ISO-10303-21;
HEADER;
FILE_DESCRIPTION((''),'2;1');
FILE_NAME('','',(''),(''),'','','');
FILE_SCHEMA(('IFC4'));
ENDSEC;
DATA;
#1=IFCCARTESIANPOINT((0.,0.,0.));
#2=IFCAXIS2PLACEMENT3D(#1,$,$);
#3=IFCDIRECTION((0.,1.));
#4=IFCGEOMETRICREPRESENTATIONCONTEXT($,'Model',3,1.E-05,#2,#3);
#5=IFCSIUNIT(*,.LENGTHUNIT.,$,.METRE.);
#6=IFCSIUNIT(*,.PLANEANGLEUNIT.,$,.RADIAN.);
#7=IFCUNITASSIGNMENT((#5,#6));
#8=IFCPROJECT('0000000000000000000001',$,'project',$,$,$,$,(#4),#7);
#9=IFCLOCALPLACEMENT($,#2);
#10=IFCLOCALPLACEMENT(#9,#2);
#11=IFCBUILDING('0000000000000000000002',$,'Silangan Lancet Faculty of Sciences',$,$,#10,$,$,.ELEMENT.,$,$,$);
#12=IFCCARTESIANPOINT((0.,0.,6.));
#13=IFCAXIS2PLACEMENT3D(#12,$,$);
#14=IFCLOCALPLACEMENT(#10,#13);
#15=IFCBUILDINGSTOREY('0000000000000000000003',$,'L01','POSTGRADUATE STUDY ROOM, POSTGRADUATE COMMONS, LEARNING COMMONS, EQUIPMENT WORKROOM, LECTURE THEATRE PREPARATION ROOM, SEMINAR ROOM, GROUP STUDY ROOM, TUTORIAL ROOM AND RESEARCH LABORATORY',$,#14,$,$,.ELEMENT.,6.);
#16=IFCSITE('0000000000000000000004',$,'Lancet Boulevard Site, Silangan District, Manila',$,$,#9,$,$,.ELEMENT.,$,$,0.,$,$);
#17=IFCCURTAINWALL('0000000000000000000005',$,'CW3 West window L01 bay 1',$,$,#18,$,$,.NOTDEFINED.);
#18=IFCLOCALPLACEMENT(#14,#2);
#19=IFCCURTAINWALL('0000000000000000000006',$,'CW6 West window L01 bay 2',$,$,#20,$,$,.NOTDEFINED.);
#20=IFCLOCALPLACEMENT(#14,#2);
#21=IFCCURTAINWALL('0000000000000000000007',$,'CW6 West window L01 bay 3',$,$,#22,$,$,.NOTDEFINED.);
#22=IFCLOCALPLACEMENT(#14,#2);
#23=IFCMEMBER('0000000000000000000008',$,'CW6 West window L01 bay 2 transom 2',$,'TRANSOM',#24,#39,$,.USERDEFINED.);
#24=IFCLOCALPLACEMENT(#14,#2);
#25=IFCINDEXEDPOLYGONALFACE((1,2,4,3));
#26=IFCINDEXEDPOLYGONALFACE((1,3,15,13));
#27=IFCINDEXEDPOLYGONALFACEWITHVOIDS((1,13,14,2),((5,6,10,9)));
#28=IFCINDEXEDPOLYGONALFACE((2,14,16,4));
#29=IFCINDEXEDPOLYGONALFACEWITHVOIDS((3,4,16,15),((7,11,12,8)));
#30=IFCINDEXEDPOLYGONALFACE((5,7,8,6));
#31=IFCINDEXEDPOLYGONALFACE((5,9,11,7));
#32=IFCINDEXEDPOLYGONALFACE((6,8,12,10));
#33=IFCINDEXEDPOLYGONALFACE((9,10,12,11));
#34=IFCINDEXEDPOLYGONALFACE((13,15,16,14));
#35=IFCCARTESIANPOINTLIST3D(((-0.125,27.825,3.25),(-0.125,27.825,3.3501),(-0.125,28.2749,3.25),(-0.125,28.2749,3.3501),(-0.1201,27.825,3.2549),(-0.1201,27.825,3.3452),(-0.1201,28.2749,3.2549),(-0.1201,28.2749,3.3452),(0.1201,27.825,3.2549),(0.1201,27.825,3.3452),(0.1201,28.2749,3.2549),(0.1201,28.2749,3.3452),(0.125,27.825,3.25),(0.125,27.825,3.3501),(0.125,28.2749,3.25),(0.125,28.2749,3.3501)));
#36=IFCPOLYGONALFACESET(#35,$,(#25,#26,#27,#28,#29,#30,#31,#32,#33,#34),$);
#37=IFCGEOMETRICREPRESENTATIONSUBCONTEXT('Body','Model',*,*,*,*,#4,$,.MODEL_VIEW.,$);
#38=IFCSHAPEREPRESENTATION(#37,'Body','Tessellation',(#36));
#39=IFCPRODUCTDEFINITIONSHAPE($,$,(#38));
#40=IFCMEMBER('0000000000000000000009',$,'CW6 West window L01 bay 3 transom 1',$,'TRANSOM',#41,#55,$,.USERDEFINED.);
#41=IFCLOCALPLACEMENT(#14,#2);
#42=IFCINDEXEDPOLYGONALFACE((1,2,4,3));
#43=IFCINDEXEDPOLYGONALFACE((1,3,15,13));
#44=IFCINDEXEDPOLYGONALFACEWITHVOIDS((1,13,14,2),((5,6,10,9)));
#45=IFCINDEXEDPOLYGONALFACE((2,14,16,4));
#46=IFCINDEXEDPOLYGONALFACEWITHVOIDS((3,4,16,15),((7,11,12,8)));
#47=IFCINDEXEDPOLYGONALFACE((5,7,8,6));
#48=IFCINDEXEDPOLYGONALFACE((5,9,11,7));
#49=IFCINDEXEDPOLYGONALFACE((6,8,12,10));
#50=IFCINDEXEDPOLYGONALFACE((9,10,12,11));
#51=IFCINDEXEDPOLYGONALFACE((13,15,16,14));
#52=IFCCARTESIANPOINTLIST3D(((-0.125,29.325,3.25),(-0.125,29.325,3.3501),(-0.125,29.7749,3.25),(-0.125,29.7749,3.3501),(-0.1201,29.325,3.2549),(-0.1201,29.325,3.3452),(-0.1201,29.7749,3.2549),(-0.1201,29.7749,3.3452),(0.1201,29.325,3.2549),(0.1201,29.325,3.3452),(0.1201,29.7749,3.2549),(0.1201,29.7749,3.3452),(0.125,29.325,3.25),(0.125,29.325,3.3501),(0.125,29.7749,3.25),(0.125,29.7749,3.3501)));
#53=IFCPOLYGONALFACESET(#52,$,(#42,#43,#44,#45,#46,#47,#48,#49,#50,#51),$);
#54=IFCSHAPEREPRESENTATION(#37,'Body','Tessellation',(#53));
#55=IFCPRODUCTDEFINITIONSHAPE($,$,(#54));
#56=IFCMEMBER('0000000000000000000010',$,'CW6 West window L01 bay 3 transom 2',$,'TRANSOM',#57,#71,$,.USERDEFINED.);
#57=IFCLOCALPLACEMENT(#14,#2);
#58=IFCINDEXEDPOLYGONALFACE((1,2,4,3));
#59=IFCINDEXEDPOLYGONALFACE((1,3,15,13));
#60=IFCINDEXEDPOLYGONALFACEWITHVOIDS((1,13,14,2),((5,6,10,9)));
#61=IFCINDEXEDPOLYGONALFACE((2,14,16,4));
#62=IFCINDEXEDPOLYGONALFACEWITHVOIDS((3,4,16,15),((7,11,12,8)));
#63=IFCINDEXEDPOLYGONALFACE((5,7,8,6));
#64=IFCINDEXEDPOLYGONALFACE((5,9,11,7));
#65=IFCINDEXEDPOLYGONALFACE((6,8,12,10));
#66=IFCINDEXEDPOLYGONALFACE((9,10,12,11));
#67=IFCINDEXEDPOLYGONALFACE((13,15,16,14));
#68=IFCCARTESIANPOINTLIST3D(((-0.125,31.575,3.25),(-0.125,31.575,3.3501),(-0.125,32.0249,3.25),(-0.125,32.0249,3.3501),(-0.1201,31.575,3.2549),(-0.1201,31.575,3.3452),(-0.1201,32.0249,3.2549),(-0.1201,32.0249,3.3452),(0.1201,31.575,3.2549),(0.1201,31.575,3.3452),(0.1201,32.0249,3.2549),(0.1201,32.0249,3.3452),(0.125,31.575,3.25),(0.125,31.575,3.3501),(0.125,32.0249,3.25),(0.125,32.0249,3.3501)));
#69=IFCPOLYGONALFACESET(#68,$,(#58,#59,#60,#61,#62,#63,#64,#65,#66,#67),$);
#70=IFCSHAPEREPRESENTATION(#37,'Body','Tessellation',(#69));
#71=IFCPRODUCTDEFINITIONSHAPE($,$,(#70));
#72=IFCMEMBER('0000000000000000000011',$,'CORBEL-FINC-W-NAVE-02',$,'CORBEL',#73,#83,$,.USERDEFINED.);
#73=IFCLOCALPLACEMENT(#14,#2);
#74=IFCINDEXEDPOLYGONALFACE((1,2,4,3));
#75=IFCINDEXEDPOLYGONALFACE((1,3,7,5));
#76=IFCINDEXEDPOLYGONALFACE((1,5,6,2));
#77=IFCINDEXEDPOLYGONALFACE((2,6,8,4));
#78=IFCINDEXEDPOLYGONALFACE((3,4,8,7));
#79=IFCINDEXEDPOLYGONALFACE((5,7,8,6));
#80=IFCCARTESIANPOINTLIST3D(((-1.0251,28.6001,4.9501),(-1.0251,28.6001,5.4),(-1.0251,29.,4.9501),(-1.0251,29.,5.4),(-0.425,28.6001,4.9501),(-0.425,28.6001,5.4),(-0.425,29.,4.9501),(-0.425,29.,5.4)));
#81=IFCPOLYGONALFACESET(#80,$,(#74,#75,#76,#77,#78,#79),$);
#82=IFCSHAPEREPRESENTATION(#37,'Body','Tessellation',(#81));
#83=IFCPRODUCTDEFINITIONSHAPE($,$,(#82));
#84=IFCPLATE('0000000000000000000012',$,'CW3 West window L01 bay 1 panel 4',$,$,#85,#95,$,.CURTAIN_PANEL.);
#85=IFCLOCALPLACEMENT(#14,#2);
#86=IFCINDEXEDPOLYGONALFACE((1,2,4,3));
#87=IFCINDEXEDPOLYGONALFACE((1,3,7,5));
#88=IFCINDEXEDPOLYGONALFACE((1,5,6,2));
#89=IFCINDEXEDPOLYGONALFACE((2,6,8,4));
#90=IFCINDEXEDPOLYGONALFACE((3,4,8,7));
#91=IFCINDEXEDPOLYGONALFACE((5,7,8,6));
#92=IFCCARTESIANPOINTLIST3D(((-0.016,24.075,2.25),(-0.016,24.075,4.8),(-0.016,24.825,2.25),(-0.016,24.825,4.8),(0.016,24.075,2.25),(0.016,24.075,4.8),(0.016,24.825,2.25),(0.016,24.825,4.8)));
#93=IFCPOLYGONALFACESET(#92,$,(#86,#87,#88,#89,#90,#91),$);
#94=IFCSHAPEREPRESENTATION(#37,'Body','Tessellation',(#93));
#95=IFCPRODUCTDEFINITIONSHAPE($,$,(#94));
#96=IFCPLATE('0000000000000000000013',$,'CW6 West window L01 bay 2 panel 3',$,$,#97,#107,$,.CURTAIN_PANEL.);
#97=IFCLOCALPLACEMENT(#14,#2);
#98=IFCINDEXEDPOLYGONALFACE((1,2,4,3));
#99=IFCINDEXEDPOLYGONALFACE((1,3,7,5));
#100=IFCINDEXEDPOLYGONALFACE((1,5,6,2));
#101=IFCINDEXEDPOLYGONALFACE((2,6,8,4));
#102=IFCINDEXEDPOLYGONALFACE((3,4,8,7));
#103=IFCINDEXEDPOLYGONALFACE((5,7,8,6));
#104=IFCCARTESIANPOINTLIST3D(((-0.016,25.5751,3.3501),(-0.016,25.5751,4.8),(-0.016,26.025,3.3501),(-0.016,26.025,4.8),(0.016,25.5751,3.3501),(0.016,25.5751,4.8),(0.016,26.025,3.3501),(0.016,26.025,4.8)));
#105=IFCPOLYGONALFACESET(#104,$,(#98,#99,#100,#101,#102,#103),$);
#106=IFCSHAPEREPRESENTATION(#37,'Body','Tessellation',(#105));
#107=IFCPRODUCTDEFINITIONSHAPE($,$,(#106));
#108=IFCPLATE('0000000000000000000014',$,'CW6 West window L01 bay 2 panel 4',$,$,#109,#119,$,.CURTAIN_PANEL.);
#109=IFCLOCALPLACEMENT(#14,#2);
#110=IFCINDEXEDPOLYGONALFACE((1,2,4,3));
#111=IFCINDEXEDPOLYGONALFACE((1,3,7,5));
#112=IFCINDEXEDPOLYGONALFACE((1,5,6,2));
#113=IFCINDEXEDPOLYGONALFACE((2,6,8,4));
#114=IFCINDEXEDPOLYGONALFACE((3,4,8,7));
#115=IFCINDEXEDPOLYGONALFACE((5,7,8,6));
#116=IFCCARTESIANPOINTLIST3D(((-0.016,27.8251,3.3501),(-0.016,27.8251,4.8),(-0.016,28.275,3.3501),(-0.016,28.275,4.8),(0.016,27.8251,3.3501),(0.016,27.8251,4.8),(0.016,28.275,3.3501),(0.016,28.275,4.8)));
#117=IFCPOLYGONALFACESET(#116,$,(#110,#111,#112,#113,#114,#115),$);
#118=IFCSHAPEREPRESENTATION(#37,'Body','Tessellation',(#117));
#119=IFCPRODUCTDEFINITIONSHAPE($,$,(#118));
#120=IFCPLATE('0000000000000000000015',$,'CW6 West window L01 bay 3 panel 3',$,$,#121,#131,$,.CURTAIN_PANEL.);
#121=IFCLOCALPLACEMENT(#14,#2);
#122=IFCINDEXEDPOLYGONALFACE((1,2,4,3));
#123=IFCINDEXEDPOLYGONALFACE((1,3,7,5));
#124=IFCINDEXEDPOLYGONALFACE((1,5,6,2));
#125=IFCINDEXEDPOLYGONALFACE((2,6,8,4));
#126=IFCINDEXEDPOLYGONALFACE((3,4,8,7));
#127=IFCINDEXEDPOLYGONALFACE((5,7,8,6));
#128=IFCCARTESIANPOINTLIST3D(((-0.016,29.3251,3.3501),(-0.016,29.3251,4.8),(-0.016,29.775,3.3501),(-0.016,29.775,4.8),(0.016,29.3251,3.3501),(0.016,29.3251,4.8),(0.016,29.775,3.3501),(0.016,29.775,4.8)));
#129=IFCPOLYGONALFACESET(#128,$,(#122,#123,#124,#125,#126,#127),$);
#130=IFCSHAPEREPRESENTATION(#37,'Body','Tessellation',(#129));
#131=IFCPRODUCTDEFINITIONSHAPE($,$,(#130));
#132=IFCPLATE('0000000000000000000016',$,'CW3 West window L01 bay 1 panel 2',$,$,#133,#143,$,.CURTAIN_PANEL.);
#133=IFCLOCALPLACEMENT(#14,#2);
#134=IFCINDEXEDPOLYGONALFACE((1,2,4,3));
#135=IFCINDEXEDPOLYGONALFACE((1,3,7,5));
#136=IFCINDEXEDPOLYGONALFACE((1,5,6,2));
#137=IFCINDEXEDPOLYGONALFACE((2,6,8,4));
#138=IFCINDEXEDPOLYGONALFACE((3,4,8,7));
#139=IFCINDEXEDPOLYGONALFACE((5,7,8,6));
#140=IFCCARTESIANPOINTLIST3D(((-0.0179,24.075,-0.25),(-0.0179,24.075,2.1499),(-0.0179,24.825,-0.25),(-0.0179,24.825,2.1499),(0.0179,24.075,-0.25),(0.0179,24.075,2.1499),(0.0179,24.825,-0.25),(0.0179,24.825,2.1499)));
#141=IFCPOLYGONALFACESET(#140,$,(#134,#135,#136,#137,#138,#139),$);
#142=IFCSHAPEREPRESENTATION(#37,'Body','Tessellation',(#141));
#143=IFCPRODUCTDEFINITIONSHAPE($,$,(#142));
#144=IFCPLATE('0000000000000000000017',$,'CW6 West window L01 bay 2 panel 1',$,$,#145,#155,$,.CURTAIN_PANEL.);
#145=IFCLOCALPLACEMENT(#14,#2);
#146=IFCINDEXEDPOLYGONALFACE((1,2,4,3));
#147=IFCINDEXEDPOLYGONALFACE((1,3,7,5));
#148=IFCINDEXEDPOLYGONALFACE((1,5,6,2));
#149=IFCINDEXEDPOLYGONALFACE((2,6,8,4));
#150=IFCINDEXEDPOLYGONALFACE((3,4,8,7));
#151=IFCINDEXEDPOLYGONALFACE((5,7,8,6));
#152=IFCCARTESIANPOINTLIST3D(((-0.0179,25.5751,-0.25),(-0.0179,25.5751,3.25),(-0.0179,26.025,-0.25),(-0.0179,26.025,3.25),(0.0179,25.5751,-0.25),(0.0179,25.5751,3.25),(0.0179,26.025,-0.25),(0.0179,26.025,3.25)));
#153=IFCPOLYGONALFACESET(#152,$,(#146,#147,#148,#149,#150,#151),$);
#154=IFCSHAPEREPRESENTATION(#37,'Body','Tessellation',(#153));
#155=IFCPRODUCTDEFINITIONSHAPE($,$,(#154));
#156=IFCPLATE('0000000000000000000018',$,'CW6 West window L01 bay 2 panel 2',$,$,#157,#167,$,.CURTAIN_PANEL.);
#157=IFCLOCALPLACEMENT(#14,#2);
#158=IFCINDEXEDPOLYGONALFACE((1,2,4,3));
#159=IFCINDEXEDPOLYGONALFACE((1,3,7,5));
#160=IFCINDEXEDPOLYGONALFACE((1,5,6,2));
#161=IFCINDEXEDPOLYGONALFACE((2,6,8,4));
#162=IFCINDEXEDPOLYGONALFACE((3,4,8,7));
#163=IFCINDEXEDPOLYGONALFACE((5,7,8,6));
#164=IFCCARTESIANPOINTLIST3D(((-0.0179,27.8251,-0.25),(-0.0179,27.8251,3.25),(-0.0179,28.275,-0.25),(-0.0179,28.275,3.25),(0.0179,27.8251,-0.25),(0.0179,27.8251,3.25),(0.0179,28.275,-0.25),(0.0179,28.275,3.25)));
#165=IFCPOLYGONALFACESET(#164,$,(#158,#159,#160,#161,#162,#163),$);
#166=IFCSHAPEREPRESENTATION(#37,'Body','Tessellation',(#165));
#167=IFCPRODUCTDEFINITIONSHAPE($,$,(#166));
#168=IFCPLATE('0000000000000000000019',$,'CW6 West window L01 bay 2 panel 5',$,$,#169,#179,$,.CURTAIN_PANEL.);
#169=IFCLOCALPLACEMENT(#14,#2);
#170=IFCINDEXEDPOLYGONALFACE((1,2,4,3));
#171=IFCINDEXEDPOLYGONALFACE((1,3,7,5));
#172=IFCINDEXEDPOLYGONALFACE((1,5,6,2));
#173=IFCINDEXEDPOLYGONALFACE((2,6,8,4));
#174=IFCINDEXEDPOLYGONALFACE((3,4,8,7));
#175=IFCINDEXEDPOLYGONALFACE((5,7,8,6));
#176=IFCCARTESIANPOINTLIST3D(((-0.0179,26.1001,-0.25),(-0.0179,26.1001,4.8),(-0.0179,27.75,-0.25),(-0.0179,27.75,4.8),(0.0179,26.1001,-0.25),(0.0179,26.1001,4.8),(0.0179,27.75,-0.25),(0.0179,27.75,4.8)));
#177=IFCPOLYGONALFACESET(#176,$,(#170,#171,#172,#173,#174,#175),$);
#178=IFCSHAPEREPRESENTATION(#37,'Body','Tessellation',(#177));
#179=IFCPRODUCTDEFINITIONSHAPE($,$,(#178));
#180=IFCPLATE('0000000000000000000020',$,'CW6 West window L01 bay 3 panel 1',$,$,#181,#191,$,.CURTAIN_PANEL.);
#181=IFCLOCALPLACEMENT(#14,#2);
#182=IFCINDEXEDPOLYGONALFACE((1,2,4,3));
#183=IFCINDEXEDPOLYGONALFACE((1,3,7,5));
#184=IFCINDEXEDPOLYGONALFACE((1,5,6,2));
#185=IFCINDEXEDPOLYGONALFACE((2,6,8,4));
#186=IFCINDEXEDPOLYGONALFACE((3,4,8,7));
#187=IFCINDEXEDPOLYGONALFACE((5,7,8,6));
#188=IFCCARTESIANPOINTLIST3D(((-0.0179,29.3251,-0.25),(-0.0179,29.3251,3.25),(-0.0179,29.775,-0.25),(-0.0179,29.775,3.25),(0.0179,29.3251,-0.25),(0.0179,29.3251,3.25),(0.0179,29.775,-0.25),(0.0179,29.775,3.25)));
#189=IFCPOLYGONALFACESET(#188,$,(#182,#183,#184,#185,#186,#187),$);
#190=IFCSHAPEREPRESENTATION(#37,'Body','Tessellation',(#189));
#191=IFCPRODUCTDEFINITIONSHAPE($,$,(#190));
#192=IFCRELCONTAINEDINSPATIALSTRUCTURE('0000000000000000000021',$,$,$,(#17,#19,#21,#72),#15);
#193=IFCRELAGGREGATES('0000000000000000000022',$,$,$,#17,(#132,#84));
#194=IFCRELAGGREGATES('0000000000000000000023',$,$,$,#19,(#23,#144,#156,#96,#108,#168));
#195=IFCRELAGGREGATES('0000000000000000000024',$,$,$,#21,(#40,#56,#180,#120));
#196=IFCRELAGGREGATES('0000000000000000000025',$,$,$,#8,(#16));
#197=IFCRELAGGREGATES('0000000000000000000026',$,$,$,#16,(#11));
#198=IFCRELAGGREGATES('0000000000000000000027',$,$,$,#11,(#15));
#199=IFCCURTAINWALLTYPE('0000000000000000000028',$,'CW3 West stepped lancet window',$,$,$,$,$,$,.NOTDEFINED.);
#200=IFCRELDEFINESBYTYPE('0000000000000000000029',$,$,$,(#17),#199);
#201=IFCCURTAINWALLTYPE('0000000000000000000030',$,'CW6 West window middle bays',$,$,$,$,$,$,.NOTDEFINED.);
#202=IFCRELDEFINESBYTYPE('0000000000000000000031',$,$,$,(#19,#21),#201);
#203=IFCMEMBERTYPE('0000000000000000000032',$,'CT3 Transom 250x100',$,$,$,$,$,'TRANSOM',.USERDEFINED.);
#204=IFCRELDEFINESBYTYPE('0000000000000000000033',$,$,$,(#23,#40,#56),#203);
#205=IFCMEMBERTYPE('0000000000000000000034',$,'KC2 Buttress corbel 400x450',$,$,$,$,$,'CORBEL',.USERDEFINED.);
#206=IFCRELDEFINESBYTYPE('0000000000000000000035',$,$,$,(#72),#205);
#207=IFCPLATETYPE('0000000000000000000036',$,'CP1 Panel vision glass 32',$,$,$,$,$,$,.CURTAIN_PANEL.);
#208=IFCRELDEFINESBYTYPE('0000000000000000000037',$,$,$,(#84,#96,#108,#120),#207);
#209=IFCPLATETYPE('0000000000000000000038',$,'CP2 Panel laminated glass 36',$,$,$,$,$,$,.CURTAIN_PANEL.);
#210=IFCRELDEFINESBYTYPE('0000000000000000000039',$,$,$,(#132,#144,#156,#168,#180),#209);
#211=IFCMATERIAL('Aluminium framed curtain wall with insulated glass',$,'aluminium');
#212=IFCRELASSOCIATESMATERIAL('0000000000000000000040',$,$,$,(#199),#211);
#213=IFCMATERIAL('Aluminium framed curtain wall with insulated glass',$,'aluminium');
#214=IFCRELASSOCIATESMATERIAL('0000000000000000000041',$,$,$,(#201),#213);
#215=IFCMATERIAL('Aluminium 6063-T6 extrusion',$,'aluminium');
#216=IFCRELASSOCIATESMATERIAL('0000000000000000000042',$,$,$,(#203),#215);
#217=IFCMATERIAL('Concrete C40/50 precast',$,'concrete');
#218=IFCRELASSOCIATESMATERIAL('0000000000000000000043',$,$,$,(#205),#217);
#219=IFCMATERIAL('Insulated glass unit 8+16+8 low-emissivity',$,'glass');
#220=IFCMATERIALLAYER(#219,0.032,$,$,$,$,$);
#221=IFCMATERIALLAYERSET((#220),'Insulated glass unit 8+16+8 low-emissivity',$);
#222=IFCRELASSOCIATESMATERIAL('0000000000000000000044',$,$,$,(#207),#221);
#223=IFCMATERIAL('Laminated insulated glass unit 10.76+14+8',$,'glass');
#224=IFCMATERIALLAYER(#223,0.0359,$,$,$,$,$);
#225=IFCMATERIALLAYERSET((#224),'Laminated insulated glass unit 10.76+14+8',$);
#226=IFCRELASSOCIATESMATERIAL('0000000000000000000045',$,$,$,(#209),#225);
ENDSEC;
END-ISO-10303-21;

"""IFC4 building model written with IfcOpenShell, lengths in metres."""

from ifc_helpers import new_model, si_unit, direction, frame, origin, origin_2d, place, context, subcontext, project, spatial, rectangle, hollow_rectangle, extrude, material, layer, layer_set, material_profile, profile_set, type_object, element, aggregate, save


model = new_model("IFC4")

# Units and contexts
model_context = context("Model", 3, precision=1e-05, world=origin(), true_north=direction((0.0, 1.0)))
body_context = subcontext(model_context, "Body", "Model", "MODEL_VIEW")
ifc_project = project(units=[si_unit("LENGTHUNIT", "METRE"), si_unit("PLANEANGLEUNIT", "RADIAN")], contexts=[model_context])

# Site, building, storey
site_placement = place(None, origin())
site = spatial("IfcSite", under=ifc_project, at=site_placement, Name="Lancet Boulevard Site, Silangan District, Manila", CompositionType="ELEMENT", RefElevation=0.0)
building_placement = place(site_placement, origin())
building = spatial("IfcBuilding", under=site, at=building_placement, Name="Silangan Lancet Faculty of Sciences", CompositionType="ELEMENT")
storey_placement = place(building_placement, frame((0.0, 0.0, 6.0)))
storey = spatial("IfcBuildingStorey", under=building, at=storey_placement, Name="L01", Description="POSTGRADUATE STUDY ROOM, POSTGRADUATE COMMONS, LEARNING COMMONS, EQUIPMENT WORKROOM, LECTURE THEATRE PREPARATION ROOM, SEMINAR ROOM, GROUP STUDY ROOM, TUTORIAL ROOM AND RESEARCH LABORATORY", CompositionType="ELEMENT", Elevation=6.0)

# Curtain wall
ifc_material_1 = material(Name="Aluminium framed curtain wall with insulated glass", Category="aluminium")
curtain_wall_type_1 = type_object("IfcCurtainWallType", Name="CW3 West stepped lancet window", PredefinedType="NOTDEFINED", material=ifc_material_1)
curtain_wall_1_placement = place(storey_placement, origin())
curtain_wall_1 = element("IfcCurtainWall", 1, at=curtain_wall_1_placement, inside=storey, type_object=curtain_wall_type_1, Name="CW3 West window L01 bay 1", PredefinedType="NOTDEFINED")

# Curtain walls
ifc_material_2 = material(Name="Aluminium framed curtain wall with insulated glass", Category="aluminium")
curtain_wall_type_2 = type_object("IfcCurtainWallType", Name="CW6 West window middle bays", PredefinedType="NOTDEFINED", material=ifc_material_2)
curtain_wall_2_placement = place(storey_placement, origin())
curtain_wall_2 = element("IfcCurtainWall", 2, at=curtain_wall_2_placement, inside=storey, type_object=curtain_wall_type_2, Name="CW6 West window L01 bay 2", PredefinedType="NOTDEFINED")
curtain_wall_3_placement = place(storey_placement, origin())
curtain_wall_3 = element("IfcCurtainWall", 3, at=curtain_wall_3_placement, inside=storey, type_object=curtain_wall_type_2, Name="CW6 West window L01 bay 3", PredefinedType="NOTDEFINED")

# Members
ifc_material_3 = material(Name="Aluminium 6063-T6 extrusion", Category="aluminium")
ifc_material_profile_1 = material_profile(ifc_material_3, hollow_rectangle(XDim=0.25, YDim=0.1001, WallThickness=0.0049, at=origin_2d()), Name="AL BOX 250x100x5")
ifc_profile_set_1 = profile_set([ifc_material_profile_1], Name="Aluminium 6063-T6 extrusion")
member_type_1 = type_object("IfcMemberType", Name="CT3 Transom 250x100", ElementType="TRANSOM", PredefinedType="USERDEFINED", material=ifc_profile_set_1)
member_1_placement = place(storey_placement, frame((0.0, 27.825, 3.3), z_axis=(0.0, 1.0, 0.0), x_axis=(-1.0, 0.0, 0.0)))
member_1 = element("IfcMember", 4, at=member_1_placement, type_object=member_type_1, Name="CW6 West window L01 bay 2 transom 2", ObjectType="TRANSOM", PredefinedType="USERDEFINED", context=body_context, shape_type="SweptSolid", body=[
    extrude(hollow_rectangle(XDim=0.25, YDim=0.1001, WallThickness=0.0049, at=origin_2d()), origin(), (0.0, 0.0, 1.0), 0.45),
])
member_2_placement = place(storey_placement, frame((0.0, 29.325, 3.3), z_axis=(0.0, 1.0, 0.0), x_axis=(-1.0, 0.0, 0.0)))
member_2 = element("IfcMember", 5, at=member_2_placement, type_object=member_type_1, Name="CW6 West window L01 bay 3 transom 1", ObjectType="TRANSOM", PredefinedType="USERDEFINED", context=body_context, shape_type="SweptSolid", body=[
    extrude(hollow_rectangle(XDim=0.25, YDim=0.1001, WallThickness=0.0049, at=origin_2d()), origin(), (0.0, 0.0, 1.0), 0.45),
])
member_3_placement = place(storey_placement, frame((0.0, 31.575, 3.3), z_axis=(0.0, 1.0, 0.0), x_axis=(-1.0, 0.0, 0.0)))
member_3 = element("IfcMember", 6, at=member_3_placement, type_object=member_type_1, Name="CW6 West window L01 bay 3 transom 2", ObjectType="TRANSOM", PredefinedType="USERDEFINED", context=body_context, shape_type="SweptSolid", body=[
    extrude(hollow_rectangle(XDim=0.25, YDim=0.1001, WallThickness=0.0049, at=origin_2d()), origin(), (0.0, 0.0, 1.0), 0.45),
])
ifc_material_4 = material(Name="Concrete C40/50 precast", Category="concrete")
ifc_material_profile_2 = material_profile(ifc_material_4, rectangle(XDim=0.3999, YDim=0.45, at=origin_2d()), Name="RC 400x450")
ifc_profile_set_2 = profile_set([ifc_material_profile_2], Name="Concrete C40/50 precast")
member_type_2 = type_object("IfcMemberType", Name="KC2 Buttress corbel 400x450", ElementType="CORBEL", PredefinedType="USERDEFINED", material=ifc_profile_set_2)
member_4_placement = place(storey_placement, frame((-0.425, 28.8, 5.175), z_axis=(-1.0, 0.0, 0.0), x_axis=(0.0, -1.0, 0.0)))
element("IfcMember", 7, at=member_4_placement, inside=storey, type_object=member_type_2, Name="CORBEL-FINC-W-NAVE-02", ObjectType="CORBEL", PredefinedType="USERDEFINED", context=body_context, shape_type="SweptSolid", body=[
    extrude(rectangle(XDim=0.3999, YDim=0.45, at=origin_2d()), origin(), (0.0, 0.0, 1.0), 0.6001),
])

# Plates
ifc_material_5 = material(Name="Insulated glass unit 8+16+8 low-emissivity", Category="glass")
ifc_layer_1 = layer(ifc_material_5, 0.032)
ifc_layer_set_1 = layer_set([ifc_layer_1], Name="Insulated glass unit 8+16+8 low-emissivity")
plate_type_1 = type_object("IfcPlateType", Name="CP1 Panel vision glass 32", PredefinedType="CURTAIN_PANEL", material=ifc_layer_set_1)
plate_1_placement = place(storey_placement, frame((0.0, 24.45, 2.25), z_axis=(0.0, 0.0, 1.0), x_axis=(0.0, 1.0, 0.0)))
plate_1 = element("IfcPlate", 8, at=plate_1_placement, type_object=plate_type_1, Name="CW3 West window L01 bay 1 panel 4", PredefinedType="CURTAIN_PANEL", context=body_context, shape_type="SweptSolid", body=[
    extrude(rectangle(XDim=0.75, YDim=0.032, at=origin_2d()), origin(), (0.0, 0.0, 1.0), 2.55),
])
plate_2_placement = place(storey_placement, frame((0.0, 25.8, 3.3501), z_axis=(0.0, 0.0, 1.0), x_axis=(0.0, 1.0, 0.0)))
plate_2 = element("IfcPlate", 9, at=plate_2_placement, type_object=plate_type_1, Name="CW6 West window L01 bay 2 panel 3", PredefinedType="CURTAIN_PANEL", context=body_context, shape_type="SweptSolid", body=[
    extrude(rectangle(XDim=0.45, YDim=0.032, at=origin_2d()), origin(), (0.0, 0.0, 1.0), 1.45),
])
plate_3_placement = place(storey_placement, frame((0.0, 28.05, 3.3501), z_axis=(0.0, 0.0, 1.0), x_axis=(0.0, 1.0, 0.0)))
plate_3 = element("IfcPlate", 10, at=plate_3_placement, type_object=plate_type_1, Name="CW6 West window L01 bay 2 panel 4", PredefinedType="CURTAIN_PANEL", context=body_context, shape_type="SweptSolid", body=[
    extrude(rectangle(XDim=0.45, YDim=0.032, at=origin_2d()), origin(), (0.0, 0.0, 1.0), 1.45),
])
plate_4_placement = place(storey_placement, frame((0.0, 29.55, 3.3501), z_axis=(0.0, 0.0, 1.0), x_axis=(0.0, 1.0, 0.0)))
plate_4 = element("IfcPlate", 11, at=plate_4_placement, type_object=plate_type_1, Name="CW6 West window L01 bay 3 panel 3", PredefinedType="CURTAIN_PANEL", context=body_context, shape_type="SweptSolid", body=[
    extrude(rectangle(XDim=0.45, YDim=0.032, at=origin_2d()), origin(), (0.0, 0.0, 1.0), 1.45),
])
ifc_material_6 = material(Name="Laminated insulated glass unit 10.76+14+8", Category="glass")
ifc_layer_2 = layer(ifc_material_6, 0.0359)
ifc_layer_set_2 = layer_set([ifc_layer_2], Name="Laminated insulated glass unit 10.76+14+8")
plate_type_2 = type_object("IfcPlateType", Name="CP2 Panel laminated glass 36", PredefinedType="CURTAIN_PANEL", material=ifc_layer_set_2)
plate_5_placement = place(storey_placement, frame((0.0, 24.45, -0.25), z_axis=(0.0, 0.0, 1.0), x_axis=(0.0, 1.0, 0.0)))
plate_5 = element("IfcPlate", 12, at=plate_5_placement, type_object=plate_type_2, Name="CW3 West window L01 bay 1 panel 2", PredefinedType="CURTAIN_PANEL", context=body_context, shape_type="SweptSolid", body=[
    extrude(rectangle(XDim=0.75, YDim=0.0359, at=origin_2d()), origin(), (0.0, 0.0, 1.0), 2.3999),
])
aggregate(curtain_wall_1, [plate_5, plate_1])
plate_6_placement = place(storey_placement, frame((0.0, 25.8, -0.25), z_axis=(0.0, 0.0, 1.0), x_axis=(0.0, 1.0, 0.0)))
plate_6 = element("IfcPlate", 13, at=plate_6_placement, type_object=plate_type_2, Name="CW6 West window L01 bay 2 panel 1", PredefinedType="CURTAIN_PANEL", context=body_context, shape_type="SweptSolid", body=[
    extrude(rectangle(XDim=0.45, YDim=0.0359, at=origin_2d()), origin(), (0.0, 0.0, 1.0), 3.5),
])
plate_7_placement = place(storey_placement, frame((0.0, 28.05, -0.25), z_axis=(0.0, 0.0, 1.0), x_axis=(0.0, 1.0, 0.0)))
plate_7 = element("IfcPlate", 14, at=plate_7_placement, type_object=plate_type_2, Name="CW6 West window L01 bay 2 panel 2", PredefinedType="CURTAIN_PANEL", context=body_context, shape_type="SweptSolid", body=[
    extrude(rectangle(XDim=0.45, YDim=0.0359, at=origin_2d()), origin(), (0.0, 0.0, 1.0), 3.5),
])
plate_8_placement = place(storey_placement, frame((0.0, 26.925, -0.25), z_axis=(0.0, 0.0, 1.0), x_axis=(0.0, 1.0, 0.0)))
plate_8 = element("IfcPlate", 15, at=plate_8_placement, type_object=plate_type_2, Name="CW6 West window L01 bay 2 panel 5", PredefinedType="CURTAIN_PANEL", context=body_context, shape_type="SweptSolid", body=[
    extrude(rectangle(XDim=1.6499, YDim=0.0359, at=origin_2d()), origin(), (0.0, 0.0, 1.0), 5.05),
])
aggregate(curtain_wall_2, [member_1, plate_6, plate_7, plate_2, plate_3, plate_8])
plate_9_placement = place(storey_placement, frame((0.0, 29.55, -0.25), z_axis=(0.0, 0.0, 1.0), x_axis=(0.0, 1.0, 0.0)))
plate_9 = element("IfcPlate", 16, at=plate_9_placement, type_object=plate_type_2, Name="CW6 West window L01 bay 3 panel 1", PredefinedType="CURTAIN_PANEL", context=body_context, shape_type="SweptSolid", body=[
    extrude(rectangle(XDim=0.45, YDim=0.0359, at=origin_2d()), origin(), (0.0, 0.0, 1.0), 3.5),
])
aggregate(curtain_wall_3, [member_2, member_3, plate_9, plate_4])

save(model, "model.ifc")
